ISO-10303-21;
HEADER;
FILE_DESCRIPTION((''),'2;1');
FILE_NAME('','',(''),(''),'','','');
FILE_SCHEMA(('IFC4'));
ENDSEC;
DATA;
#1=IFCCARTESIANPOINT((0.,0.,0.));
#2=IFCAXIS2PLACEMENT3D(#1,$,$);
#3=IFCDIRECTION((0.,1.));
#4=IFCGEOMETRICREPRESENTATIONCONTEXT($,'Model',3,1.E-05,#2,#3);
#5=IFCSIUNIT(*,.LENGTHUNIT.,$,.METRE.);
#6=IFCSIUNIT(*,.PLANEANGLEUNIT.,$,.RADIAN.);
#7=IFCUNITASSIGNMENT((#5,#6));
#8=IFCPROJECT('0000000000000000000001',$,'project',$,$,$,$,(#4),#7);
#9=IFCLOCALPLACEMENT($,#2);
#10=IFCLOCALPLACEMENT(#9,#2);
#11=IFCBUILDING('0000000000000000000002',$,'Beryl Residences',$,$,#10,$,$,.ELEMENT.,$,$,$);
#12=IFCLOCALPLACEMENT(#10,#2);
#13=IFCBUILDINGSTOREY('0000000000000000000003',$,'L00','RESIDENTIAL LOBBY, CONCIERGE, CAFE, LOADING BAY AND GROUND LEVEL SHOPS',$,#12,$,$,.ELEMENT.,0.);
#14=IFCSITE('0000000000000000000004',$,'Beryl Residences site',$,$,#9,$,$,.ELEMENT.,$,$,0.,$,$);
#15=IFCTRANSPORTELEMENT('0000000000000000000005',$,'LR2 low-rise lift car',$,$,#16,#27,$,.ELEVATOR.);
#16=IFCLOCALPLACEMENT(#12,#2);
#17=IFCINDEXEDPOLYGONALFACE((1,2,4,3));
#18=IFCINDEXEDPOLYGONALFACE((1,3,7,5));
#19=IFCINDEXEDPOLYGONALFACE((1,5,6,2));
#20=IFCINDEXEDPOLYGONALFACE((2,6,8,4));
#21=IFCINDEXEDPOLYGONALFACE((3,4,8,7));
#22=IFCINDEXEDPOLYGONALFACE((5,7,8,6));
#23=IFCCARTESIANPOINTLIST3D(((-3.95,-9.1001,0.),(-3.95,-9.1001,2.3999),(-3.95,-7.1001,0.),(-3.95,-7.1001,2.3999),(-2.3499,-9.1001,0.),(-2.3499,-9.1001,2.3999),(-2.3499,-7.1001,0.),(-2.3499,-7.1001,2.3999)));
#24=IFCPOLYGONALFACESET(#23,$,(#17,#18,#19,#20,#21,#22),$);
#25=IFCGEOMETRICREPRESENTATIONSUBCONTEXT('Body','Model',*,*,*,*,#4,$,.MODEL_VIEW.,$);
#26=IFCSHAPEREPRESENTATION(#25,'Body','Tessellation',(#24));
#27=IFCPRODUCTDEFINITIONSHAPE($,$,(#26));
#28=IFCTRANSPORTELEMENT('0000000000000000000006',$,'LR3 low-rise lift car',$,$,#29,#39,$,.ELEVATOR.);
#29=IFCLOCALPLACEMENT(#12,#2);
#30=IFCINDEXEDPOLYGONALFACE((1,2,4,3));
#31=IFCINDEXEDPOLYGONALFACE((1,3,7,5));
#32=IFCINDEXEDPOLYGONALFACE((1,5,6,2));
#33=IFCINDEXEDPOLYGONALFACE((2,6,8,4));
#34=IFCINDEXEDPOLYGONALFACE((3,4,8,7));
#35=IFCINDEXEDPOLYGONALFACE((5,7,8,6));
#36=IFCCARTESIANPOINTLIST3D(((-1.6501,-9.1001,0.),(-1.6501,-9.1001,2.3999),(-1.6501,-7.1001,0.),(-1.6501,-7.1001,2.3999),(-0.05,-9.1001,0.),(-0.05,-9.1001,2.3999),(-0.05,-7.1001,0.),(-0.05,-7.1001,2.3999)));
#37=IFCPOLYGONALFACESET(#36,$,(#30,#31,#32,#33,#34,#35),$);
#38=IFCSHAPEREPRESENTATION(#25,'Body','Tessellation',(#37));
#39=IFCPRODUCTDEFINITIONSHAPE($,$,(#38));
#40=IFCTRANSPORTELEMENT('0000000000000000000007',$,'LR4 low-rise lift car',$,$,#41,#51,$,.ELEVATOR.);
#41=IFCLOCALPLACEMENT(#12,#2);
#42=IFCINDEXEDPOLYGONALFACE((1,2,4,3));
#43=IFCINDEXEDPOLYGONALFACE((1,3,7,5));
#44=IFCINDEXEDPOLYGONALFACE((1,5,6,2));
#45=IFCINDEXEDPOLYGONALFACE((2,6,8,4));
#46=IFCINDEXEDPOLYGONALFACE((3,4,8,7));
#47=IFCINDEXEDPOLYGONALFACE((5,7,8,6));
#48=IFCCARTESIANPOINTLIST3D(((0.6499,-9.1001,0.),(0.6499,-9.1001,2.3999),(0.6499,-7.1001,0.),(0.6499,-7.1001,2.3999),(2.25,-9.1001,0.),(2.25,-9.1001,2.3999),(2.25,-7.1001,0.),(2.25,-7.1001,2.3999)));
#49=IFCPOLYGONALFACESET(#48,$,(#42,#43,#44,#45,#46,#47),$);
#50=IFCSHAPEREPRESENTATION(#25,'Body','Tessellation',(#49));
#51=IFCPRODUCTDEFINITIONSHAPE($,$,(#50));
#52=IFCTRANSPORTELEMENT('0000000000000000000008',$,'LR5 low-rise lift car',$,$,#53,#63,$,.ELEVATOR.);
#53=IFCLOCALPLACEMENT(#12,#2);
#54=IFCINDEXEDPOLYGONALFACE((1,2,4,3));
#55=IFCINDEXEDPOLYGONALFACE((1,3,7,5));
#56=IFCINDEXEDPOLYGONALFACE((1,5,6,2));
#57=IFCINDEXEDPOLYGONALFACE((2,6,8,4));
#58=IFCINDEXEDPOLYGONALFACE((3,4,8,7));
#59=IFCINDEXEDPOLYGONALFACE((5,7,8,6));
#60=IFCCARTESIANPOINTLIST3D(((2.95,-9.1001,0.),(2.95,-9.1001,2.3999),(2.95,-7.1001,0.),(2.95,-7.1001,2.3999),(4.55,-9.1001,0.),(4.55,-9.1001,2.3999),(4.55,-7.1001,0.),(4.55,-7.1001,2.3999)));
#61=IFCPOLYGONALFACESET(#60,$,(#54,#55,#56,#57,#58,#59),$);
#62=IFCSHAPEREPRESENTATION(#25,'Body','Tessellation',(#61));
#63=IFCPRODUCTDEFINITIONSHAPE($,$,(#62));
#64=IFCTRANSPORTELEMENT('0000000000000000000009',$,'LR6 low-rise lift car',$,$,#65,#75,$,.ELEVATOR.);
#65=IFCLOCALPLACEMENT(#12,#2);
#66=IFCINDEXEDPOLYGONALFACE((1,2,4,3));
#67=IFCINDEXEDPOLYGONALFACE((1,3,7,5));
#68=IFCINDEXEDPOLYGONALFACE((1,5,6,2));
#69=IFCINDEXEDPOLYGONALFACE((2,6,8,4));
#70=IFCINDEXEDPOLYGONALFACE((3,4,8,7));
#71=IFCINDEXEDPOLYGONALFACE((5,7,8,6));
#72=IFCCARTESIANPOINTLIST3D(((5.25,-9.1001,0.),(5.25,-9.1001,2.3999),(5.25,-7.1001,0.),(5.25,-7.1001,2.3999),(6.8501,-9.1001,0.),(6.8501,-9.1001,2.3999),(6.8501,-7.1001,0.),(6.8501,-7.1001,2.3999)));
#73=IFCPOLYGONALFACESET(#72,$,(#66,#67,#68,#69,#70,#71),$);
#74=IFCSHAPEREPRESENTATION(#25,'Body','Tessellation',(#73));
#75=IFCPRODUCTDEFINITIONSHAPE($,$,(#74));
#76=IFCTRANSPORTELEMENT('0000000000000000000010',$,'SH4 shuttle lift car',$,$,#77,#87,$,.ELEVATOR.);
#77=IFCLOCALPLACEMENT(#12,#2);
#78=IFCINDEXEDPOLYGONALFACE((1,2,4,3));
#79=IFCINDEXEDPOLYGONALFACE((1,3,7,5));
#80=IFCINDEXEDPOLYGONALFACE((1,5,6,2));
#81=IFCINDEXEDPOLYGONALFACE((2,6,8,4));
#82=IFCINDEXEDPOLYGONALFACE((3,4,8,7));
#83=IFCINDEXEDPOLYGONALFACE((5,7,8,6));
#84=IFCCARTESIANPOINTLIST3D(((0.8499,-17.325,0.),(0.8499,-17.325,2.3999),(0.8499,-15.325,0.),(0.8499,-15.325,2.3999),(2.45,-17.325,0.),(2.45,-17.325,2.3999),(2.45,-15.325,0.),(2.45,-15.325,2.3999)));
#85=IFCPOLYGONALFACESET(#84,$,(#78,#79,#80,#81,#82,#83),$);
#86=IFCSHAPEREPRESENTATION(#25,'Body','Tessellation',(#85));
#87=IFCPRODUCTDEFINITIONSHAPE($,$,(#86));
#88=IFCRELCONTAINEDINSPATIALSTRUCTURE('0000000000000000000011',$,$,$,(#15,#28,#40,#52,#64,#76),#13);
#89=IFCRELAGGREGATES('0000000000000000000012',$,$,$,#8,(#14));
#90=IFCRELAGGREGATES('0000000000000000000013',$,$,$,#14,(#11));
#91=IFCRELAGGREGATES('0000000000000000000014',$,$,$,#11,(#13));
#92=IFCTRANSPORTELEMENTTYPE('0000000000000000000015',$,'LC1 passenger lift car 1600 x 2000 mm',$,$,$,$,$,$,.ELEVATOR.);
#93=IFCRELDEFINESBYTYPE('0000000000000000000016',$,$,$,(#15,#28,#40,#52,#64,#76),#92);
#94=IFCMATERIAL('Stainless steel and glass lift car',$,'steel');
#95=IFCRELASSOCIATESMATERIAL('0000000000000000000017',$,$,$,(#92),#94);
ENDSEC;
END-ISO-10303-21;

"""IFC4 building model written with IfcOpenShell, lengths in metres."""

from ifc_helpers import new_model, si_unit, direction, frame, origin, origin_2d, place, context, subcontext, project, spatial, rectangle, extrude, material, type_object, element, save


model = new_model("IFC4")

# Units and contexts
model_context = context("Model", 3, precision=1e-05, world=origin(), true_north=direction((0.0, 1.0)))
body_context = subcontext(model_context, "Body", "Model", "MODEL_VIEW")
ifc_project = project(units=[si_unit("LENGTHUNIT", "METRE"), si_unit("PLANEANGLEUNIT", "RADIAN")], contexts=[model_context])

# Site, building, storey
site_placement = place(None, origin())
site = spatial("IfcSite", under=ifc_project, at=site_placement, Name="Beryl Residences site", CompositionType="ELEMENT", RefElevation=0.0)
building_placement = place(site_placement, origin())
building = spatial("IfcBuilding", under=site, at=building_placement, Name="Beryl Residences", CompositionType="ELEMENT")
storey_placement = place(building_placement, origin())
storey = spatial("IfcBuildingStorey", under=building, at=storey_placement, Name="L00", Description="RESIDENTIAL LOBBY, CONCIERGE, CAFE, LOADING BAY AND GROUND LEVEL SHOPS", CompositionType="ELEMENT", Elevation=0.0)

# Transport elements
ifc_material_1 = material(Name="Stainless steel and glass lift car", Category="steel")
transport_element_type = type_object("IfcTransportElementType", Name="LC1 passenger lift car 1600 x 2000 mm", PredefinedType="ELEVATOR", material=ifc_material_1)
for number, where, z_axis, x_axis, name in (
    (1, (-3.1499, -8.1001, 0.0), (0.0, 0.0, 1.0), (1.0, 0.0, 0.0), "LR2 low-rise lift car"),
    (2, (-0.8501, -8.1001, 0.0), (0.0, 0.0, 1.0), (1.0, 0.0, 0.0), "LR3 low-rise lift car"),
    (3, (1.45, -8.1001, 0.0), (0.0, 0.0, 1.0), (1.0, 0.0, 0.0), "LR4 low-rise lift car"),
    (4, (3.75, -8.1001, 0.0), (0.0, 0.0, 1.0), (1.0, 0.0, 0.0), "LR5 low-rise lift car"),
    (5, (6.05, -8.1001, 0.0), (0.0, 0.0, 1.0), (1.0, 0.0, 0.0), "LR6 low-rise lift car"),
    (6, (1.6499, -16.325, 0.0), (0.0, 0.0, 1.0), (1.0, 0.0, 0.0), "SH4 shuttle lift car"),
):
    element("IfcTransportElement", number, at=place(storey_placement, frame(where, z_axis=z_axis, x_axis=x_axis)), inside=storey, type_object=transport_element_type, Name=name, PredefinedType="ELEVATOR", context=body_context, shape_type="SweptSolid", body=[
        extrude(rectangle(XDim=1.6001, YDim=2.0, at=origin_2d()), origin(), (0.0, 0.0, 1.0), 2.3999),
    ])

save(model, "model.ifc")
